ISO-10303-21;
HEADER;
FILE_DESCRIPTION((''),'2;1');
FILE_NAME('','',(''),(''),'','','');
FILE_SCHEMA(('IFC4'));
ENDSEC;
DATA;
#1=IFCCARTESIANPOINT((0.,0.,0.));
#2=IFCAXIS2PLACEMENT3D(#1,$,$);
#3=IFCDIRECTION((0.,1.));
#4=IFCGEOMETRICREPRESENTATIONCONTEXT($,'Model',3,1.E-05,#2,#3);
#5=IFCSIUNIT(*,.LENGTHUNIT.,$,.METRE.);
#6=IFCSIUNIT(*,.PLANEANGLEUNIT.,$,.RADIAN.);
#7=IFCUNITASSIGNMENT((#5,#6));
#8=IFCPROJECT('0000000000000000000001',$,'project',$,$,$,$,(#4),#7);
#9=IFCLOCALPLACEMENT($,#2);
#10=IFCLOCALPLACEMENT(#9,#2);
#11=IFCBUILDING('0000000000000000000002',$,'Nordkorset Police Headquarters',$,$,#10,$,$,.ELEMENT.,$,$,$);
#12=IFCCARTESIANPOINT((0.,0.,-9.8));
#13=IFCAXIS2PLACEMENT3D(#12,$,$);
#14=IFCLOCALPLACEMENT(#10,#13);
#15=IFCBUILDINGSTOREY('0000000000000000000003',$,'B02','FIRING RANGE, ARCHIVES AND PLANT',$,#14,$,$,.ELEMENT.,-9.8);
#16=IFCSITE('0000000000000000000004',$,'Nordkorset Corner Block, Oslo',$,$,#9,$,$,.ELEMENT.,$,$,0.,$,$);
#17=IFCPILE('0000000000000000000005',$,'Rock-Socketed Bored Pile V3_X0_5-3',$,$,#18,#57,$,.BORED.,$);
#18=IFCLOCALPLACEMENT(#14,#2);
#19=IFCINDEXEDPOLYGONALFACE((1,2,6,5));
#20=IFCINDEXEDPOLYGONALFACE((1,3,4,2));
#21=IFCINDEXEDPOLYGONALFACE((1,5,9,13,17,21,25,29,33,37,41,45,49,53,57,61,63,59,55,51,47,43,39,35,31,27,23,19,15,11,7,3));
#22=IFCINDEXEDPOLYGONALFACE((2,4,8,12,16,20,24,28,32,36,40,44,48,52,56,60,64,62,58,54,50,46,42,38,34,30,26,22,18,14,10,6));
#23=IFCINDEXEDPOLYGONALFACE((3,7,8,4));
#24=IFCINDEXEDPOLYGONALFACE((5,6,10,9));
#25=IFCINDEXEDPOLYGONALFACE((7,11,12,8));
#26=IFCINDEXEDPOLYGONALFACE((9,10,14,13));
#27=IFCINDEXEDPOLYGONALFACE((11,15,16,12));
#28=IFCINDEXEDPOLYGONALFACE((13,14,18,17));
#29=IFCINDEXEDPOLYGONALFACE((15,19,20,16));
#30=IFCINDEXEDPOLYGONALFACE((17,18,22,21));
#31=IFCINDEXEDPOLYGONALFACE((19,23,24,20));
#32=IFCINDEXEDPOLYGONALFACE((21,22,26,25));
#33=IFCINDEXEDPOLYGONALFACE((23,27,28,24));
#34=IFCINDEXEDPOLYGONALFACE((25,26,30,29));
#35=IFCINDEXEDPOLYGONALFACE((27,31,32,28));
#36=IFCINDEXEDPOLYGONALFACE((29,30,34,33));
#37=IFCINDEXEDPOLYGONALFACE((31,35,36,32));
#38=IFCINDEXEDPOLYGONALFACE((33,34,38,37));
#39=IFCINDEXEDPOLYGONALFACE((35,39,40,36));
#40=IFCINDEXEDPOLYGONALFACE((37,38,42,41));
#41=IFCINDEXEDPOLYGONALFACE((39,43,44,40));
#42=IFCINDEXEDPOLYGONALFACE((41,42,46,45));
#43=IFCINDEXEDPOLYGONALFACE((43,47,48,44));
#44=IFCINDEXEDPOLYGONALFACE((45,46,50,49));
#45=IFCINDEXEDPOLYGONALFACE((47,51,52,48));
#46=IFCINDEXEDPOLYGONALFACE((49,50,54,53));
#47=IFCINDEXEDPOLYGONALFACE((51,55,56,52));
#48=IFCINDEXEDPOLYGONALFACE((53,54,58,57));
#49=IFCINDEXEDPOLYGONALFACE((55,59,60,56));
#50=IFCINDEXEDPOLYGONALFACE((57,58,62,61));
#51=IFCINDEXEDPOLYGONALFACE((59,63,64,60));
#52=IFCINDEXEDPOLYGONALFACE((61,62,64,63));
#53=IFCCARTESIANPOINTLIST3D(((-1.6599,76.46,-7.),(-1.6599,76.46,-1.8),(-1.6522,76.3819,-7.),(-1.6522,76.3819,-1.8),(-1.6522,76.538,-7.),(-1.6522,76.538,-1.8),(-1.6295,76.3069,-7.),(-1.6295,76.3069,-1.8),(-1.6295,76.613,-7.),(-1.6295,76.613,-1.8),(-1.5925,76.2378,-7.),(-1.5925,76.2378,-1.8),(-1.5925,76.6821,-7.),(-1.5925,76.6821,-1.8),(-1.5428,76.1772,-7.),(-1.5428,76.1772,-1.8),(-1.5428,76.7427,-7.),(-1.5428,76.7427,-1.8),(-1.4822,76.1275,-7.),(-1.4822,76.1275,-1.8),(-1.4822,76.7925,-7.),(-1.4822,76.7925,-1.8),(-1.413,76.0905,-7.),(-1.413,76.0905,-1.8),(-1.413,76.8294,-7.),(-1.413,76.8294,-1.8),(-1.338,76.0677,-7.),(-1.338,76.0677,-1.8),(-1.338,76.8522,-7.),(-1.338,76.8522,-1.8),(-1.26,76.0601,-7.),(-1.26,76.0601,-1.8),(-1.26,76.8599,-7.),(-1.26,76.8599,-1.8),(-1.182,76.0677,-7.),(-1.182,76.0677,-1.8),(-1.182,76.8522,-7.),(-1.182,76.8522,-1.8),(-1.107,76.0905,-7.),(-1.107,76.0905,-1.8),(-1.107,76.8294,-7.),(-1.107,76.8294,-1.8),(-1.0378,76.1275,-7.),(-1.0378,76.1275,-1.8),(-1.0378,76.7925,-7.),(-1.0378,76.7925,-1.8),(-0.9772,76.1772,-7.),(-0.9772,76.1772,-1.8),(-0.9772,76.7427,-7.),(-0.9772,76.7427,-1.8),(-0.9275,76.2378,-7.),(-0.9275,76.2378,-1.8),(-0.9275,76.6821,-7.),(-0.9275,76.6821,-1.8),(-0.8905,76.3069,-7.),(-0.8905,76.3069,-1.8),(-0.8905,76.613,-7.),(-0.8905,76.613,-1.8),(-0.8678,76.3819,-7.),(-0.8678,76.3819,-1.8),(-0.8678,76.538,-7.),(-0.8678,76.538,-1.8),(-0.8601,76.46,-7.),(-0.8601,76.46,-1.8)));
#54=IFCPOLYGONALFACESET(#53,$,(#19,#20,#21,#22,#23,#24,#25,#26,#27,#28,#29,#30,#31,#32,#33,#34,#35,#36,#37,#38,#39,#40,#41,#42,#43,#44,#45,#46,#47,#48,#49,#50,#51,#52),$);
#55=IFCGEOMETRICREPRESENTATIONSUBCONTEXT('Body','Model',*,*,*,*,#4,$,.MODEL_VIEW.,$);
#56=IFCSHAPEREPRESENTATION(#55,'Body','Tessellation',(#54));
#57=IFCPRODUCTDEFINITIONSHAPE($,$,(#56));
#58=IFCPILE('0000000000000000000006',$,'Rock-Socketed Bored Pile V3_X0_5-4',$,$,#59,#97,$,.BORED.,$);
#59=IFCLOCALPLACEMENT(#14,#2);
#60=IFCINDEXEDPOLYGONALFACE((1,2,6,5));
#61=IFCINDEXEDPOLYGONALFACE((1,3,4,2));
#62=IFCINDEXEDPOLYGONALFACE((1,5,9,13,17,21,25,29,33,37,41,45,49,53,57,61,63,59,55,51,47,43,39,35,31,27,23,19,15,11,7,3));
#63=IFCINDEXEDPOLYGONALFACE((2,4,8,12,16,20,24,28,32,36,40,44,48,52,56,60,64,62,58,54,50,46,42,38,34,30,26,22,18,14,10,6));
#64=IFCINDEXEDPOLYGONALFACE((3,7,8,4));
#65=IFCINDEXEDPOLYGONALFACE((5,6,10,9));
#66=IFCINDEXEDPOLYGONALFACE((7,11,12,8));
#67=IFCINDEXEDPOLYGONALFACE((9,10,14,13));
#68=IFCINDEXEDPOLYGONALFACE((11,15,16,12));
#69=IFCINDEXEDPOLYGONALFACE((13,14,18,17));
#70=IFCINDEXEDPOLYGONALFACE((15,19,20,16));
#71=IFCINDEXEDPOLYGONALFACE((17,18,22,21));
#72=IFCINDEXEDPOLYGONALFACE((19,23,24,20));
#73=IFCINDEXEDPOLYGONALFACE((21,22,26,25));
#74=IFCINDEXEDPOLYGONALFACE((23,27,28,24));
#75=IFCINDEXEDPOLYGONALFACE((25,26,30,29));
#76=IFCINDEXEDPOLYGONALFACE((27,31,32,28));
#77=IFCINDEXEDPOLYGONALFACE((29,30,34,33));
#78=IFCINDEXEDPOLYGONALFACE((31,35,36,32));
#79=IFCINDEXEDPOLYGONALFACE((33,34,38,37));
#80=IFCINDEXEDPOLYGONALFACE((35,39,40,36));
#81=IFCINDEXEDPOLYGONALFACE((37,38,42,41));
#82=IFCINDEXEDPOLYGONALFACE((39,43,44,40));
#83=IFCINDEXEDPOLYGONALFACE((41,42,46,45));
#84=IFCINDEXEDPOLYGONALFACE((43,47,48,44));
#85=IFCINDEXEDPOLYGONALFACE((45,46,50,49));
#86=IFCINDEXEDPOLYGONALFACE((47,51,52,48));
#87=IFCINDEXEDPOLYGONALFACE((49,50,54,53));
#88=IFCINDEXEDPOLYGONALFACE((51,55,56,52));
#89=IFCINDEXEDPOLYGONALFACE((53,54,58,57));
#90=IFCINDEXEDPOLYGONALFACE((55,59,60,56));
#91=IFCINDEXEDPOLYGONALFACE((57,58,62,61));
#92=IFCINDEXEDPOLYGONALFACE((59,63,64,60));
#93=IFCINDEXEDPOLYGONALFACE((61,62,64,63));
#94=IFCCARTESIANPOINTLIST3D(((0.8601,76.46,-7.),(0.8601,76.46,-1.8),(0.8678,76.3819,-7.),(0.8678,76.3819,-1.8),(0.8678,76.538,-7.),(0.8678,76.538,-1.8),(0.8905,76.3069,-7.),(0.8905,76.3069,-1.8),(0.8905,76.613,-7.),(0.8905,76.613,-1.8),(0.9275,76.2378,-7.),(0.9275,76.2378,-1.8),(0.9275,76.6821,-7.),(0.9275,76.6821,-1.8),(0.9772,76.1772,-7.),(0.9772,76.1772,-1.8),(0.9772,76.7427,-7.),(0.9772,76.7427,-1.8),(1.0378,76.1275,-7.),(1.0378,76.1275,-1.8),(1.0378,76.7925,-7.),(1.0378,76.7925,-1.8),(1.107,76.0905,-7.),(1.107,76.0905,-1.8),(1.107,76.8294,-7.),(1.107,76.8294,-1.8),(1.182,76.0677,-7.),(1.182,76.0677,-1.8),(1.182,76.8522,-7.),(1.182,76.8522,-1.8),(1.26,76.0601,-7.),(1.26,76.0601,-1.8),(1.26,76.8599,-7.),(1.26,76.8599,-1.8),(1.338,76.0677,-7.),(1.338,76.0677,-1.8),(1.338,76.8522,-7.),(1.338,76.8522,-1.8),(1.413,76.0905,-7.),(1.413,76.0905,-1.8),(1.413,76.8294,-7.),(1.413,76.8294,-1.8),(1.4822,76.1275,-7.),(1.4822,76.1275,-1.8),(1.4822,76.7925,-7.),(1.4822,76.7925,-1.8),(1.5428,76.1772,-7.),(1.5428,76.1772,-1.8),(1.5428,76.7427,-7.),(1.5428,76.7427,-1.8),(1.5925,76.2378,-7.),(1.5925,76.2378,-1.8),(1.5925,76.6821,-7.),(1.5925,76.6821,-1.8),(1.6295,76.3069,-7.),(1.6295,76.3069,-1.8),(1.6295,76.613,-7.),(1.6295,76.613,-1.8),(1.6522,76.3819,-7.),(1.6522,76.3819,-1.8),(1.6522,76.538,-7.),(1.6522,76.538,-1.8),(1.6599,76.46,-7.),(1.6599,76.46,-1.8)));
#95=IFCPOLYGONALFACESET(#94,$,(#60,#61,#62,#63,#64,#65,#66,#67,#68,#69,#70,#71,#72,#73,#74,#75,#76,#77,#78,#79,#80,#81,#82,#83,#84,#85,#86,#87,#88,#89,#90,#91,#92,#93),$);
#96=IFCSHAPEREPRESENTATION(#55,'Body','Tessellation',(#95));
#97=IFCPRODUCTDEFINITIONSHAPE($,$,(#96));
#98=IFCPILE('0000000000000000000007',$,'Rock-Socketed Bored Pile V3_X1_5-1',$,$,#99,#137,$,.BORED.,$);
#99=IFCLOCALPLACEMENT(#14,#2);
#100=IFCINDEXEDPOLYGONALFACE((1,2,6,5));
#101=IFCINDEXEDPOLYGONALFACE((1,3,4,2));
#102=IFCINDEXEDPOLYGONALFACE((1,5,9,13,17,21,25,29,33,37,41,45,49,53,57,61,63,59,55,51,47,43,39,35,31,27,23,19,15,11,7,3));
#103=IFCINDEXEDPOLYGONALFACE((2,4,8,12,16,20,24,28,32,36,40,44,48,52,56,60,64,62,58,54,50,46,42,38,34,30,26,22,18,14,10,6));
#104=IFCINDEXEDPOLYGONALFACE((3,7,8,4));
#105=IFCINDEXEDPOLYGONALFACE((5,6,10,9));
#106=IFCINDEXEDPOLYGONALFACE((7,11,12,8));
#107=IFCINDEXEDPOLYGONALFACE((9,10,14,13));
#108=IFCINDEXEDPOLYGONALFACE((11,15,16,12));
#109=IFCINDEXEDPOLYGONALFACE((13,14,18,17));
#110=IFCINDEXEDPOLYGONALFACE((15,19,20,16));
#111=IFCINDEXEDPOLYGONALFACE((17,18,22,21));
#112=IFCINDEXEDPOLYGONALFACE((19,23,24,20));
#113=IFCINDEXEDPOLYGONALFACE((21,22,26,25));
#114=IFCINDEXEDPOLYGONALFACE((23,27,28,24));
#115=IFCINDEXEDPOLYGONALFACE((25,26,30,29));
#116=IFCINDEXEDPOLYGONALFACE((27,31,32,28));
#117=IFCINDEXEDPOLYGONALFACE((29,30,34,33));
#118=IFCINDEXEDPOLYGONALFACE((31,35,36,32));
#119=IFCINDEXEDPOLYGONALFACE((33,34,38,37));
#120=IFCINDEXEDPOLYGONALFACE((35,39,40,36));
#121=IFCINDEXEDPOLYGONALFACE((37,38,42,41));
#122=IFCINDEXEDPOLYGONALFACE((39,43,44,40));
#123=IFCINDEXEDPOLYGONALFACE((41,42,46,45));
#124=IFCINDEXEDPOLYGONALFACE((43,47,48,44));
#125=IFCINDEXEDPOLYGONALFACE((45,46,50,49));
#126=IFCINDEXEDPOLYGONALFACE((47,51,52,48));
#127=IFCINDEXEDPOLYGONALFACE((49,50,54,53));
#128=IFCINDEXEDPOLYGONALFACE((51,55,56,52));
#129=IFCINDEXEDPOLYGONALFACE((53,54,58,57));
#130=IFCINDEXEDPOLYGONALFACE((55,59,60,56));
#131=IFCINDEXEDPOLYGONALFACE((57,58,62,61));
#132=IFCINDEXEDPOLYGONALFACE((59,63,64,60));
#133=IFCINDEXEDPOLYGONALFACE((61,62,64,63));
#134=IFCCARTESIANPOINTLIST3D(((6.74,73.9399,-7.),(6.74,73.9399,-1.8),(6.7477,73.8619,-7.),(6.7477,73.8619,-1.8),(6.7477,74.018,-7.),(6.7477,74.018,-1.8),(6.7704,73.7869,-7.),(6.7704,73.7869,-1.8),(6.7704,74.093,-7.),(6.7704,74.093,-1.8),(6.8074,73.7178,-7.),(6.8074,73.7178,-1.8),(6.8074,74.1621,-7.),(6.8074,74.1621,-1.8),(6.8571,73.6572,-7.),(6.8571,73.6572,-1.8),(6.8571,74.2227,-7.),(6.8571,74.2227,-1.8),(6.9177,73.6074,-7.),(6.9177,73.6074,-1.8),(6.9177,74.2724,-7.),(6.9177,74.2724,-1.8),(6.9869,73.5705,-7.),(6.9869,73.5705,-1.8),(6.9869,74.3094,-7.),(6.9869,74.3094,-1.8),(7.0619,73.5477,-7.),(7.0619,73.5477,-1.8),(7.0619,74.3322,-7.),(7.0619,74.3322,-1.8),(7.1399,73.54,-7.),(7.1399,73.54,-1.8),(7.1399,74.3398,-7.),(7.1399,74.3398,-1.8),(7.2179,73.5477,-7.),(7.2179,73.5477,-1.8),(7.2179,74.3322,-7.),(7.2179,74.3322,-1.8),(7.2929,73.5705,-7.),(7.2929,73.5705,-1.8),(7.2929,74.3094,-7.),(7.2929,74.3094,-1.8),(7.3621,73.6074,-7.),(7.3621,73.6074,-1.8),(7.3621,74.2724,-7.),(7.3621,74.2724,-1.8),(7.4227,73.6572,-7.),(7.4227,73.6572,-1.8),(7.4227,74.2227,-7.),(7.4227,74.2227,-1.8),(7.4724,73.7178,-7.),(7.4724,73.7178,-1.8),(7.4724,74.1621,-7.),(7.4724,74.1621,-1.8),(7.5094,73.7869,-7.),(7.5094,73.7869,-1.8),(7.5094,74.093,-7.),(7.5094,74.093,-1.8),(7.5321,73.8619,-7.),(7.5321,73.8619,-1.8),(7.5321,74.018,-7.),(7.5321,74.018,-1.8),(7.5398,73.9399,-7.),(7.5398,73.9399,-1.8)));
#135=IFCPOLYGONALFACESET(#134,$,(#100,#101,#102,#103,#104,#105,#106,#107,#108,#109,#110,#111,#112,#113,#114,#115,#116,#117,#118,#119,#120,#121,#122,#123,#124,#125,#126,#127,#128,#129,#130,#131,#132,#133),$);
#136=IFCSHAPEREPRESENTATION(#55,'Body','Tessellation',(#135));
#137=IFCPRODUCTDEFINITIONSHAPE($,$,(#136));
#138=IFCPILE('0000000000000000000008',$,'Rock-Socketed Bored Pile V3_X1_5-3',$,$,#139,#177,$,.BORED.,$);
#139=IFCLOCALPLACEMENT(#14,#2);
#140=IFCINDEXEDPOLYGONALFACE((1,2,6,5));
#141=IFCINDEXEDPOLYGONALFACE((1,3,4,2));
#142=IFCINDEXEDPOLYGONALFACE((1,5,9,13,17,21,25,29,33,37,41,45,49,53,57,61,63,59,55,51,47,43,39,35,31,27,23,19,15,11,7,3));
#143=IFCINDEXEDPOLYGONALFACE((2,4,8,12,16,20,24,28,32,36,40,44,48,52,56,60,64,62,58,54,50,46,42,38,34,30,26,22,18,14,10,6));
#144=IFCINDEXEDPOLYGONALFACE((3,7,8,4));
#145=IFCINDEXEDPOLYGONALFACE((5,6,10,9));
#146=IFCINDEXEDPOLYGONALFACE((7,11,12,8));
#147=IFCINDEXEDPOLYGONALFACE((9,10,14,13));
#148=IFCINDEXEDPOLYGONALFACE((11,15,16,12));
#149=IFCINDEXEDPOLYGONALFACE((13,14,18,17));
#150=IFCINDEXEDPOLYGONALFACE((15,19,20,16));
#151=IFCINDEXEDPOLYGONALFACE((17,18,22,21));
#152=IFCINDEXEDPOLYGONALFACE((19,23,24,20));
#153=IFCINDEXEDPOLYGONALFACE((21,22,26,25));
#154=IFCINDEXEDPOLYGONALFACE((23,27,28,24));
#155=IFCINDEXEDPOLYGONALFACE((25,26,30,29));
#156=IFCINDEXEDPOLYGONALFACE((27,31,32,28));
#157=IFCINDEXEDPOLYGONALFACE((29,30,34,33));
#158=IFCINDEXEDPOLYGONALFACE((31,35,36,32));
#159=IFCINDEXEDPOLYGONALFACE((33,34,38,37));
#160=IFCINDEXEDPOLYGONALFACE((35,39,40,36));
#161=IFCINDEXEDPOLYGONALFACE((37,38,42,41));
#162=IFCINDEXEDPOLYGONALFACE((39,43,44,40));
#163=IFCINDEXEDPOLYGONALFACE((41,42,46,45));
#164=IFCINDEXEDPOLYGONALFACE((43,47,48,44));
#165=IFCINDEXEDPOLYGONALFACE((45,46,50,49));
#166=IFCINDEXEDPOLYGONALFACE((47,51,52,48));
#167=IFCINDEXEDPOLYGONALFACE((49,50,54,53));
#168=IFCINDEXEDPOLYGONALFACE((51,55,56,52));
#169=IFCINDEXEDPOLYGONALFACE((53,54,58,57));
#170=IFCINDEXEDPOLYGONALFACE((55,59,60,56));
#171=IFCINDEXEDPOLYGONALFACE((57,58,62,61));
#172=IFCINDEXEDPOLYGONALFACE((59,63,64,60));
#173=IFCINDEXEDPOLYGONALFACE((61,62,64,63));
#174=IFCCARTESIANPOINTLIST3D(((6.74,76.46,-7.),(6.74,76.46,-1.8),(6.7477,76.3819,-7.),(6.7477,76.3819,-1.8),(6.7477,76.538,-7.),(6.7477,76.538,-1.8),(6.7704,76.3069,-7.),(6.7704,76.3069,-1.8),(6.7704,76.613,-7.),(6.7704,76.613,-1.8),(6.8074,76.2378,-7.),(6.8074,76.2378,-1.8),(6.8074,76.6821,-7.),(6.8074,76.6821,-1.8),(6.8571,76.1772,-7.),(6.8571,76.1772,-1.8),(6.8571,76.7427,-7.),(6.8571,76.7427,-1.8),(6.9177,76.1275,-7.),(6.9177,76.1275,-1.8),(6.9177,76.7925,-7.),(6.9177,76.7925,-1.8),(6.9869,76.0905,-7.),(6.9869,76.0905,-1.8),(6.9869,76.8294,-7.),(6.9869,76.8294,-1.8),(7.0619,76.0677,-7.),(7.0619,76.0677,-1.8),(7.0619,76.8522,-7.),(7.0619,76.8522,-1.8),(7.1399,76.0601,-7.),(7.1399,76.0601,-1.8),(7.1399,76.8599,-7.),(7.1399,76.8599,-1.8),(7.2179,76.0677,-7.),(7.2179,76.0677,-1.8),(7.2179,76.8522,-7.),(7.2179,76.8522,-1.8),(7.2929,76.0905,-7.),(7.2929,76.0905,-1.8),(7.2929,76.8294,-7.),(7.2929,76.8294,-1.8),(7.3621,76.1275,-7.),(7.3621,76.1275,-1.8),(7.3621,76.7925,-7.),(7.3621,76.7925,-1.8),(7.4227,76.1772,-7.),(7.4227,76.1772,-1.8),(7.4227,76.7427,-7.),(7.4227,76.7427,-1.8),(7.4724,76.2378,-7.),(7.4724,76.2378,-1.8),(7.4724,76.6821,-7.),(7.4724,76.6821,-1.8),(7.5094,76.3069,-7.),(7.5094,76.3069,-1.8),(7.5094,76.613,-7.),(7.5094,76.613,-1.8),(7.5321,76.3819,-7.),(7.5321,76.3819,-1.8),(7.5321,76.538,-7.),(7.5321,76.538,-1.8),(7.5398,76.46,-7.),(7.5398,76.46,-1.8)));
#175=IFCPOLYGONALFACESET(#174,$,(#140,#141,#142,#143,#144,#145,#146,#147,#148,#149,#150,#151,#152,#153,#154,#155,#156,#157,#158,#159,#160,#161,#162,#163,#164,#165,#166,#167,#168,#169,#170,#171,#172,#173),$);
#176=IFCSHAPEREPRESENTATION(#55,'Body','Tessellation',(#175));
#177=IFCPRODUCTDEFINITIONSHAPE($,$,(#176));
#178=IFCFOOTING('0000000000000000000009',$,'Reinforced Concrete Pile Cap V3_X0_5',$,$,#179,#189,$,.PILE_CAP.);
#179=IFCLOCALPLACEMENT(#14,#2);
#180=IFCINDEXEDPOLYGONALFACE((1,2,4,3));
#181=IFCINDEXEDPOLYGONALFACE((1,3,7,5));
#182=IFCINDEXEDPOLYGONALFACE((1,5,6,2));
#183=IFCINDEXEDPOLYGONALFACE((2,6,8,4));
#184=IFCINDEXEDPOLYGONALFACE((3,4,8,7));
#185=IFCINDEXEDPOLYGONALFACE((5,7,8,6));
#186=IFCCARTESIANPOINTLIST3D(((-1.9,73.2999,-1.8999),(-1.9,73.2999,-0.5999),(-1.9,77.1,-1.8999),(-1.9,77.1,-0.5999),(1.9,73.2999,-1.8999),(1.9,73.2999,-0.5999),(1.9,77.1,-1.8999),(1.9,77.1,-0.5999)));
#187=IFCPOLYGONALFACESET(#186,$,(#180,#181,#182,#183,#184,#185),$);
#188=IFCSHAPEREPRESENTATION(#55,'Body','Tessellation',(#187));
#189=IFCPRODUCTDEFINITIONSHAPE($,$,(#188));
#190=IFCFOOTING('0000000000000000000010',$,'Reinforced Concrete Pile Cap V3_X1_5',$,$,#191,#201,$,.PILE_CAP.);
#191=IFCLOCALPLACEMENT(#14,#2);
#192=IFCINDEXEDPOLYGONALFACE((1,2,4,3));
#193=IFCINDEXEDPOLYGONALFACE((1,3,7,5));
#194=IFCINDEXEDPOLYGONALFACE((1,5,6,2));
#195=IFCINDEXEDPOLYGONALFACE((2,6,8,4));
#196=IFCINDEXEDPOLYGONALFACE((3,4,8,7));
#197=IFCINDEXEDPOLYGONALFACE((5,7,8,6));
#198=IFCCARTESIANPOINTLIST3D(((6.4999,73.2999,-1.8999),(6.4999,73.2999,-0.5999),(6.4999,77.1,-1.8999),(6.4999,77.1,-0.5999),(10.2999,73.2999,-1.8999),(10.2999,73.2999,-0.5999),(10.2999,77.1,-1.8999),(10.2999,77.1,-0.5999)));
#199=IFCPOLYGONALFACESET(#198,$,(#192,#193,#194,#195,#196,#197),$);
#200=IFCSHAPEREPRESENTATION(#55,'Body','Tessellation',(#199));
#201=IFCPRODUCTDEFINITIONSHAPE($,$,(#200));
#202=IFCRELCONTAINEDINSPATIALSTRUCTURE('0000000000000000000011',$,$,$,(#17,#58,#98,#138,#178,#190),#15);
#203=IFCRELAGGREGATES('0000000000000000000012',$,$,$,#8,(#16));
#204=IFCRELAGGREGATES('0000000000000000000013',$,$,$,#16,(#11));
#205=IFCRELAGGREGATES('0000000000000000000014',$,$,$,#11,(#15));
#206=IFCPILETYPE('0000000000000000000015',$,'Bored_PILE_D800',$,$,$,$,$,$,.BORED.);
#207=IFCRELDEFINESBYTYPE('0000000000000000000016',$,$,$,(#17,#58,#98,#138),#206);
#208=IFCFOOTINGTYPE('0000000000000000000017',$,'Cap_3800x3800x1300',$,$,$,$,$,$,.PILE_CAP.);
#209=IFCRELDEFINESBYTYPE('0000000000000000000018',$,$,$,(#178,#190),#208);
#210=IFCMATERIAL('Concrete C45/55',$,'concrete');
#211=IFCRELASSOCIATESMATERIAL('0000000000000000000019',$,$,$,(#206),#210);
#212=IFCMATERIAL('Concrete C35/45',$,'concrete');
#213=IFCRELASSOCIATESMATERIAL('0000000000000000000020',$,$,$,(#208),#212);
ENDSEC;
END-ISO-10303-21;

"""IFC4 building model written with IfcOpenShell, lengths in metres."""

from ifc_helpers import new_model, si_unit, direction, frame, origin, origin_2d, place, context, subcontext, project, spatial, rectangle, circle, extrude, material, material_profile, profile_set, type_object, element, save


model = new_model("IFC4")

# Units and contexts
model_context = context("Model", 3, precision=1e-05, world=origin(), true_north=direction((0.0, 1.0)))
body_context = subcontext(model_context, "Body", "Model", "MODEL_VIEW")
ifc_project = project(units=[si_unit("LENGTHUNIT", "METRE"), si_unit("PLANEANGLEUNIT", "RADIAN")], contexts=[model_context])

# Site, building, storey
site_placement = place(None, origin())
site = spatial("IfcSite", under=ifc_project, at=site_placement, Name="Nordkorset Corner Block, Oslo", CompositionType="ELEMENT", RefElevation=0.0)
building_placement = place(site_placement, origin())
building = spatial("IfcBuilding", under=site, at=building_placement, Name="Nordkorset Police Headquarters", CompositionType="ELEMENT")
storey_placement = place(building_placement, frame((0.0, 0.0, -9.8)))
storey = spatial("IfcBuildingStorey", under=building, at=storey_placement, Name="B02", Description="FIRING RANGE, ARCHIVES AND PLANT", CompositionType="ELEMENT", Elevation=-9.8)

# Piles
ifc_material_1 = material(Name="Concrete C45/55", Category="concrete")
ifc_material_profile_1 = material_profile(ifc_material_1, circle(Radius=0.3999, at=origin_2d()), Name="PILE D800")
ifc_profile_set_1 = profile_set([ifc_material_profile_1], Name="Concrete C45/55")
pile_type = type_object("IfcPileType", Name="Bored_PILE_D800", PredefinedType="BORED", material=ifc_profile_set_1)
for number, where, z_axis, x_axis, name in (
    (1, (-1.26, 76.46, -1.8), (0.0, 0.0, -1.0), (1.0, 0.0, 0.0), "Rock-Socketed Bored Pile V3_X0_5-3"),
    (2, (1.26, 76.46, -1.8), (0.0, 0.0, -1.0), (1.0, 0.0, 0.0), "Rock-Socketed Bored Pile V3_X0_5-4"),
    (3, (7.1399, 73.9399, -1.8), (0.0, 0.0, -1.0), (1.0, 0.0, 0.0), "Rock-Socketed Bored Pile V3_X1_5-1"),
    (4, (7.1399, 76.46, -1.8), (0.0, 0.0, -1.0), (1.0, 0.0, 0.0), "Rock-Socketed Bored Pile V3_X1_5-3"),
):
    element("IfcPile", number, at=place(storey_placement, frame(where, z_axis=z_axis, x_axis=x_axis)), inside=storey, type_object=pile_type, Name=name, PredefinedType="BORED", context=body_context, shape_type="SweptSolid", body=[
        extrude(circle(Radius=0.3999, at=origin_2d()), origin(), (0.0, 0.0, 1.0), 5.2),
    ])

# Footings
ifc_material_2 = material(Name="Concrete C35/45", Category="concrete")
footing_type = type_object("IfcFootingType", Name="Cap_3800x3800x1300", PredefinedType="PILE_CAP", material=ifc_material_2)
for number, where, z_axis, x_axis, name in (
    (5, (0.0, 75.2, -1.8999), (0.0, 0.0, 1.0), (1.0, 0.0, 0.0), "Reinforced Concrete Pile Cap V3_X0_5"),
    (6, (8.3999, 75.2, -1.8999), (0.0, 0.0, 1.0), (1.0, 0.0, 0.0), "Reinforced Concrete Pile Cap V3_X1_5"),
):
    element("IfcFooting", number, at=place(storey_placement, frame(where, z_axis=z_axis, x_axis=x_axis)), inside=storey, type_object=footing_type, Name=name, PredefinedType="PILE_CAP", context=body_context, shape_type="SweptSolid", body=[
        extrude(rectangle(XDim=3.8, YDim=3.8, at=origin_2d()), origin(), (0.0, 0.0, 1.0), 1.3),
    ])

save(model, "model.ifc")
